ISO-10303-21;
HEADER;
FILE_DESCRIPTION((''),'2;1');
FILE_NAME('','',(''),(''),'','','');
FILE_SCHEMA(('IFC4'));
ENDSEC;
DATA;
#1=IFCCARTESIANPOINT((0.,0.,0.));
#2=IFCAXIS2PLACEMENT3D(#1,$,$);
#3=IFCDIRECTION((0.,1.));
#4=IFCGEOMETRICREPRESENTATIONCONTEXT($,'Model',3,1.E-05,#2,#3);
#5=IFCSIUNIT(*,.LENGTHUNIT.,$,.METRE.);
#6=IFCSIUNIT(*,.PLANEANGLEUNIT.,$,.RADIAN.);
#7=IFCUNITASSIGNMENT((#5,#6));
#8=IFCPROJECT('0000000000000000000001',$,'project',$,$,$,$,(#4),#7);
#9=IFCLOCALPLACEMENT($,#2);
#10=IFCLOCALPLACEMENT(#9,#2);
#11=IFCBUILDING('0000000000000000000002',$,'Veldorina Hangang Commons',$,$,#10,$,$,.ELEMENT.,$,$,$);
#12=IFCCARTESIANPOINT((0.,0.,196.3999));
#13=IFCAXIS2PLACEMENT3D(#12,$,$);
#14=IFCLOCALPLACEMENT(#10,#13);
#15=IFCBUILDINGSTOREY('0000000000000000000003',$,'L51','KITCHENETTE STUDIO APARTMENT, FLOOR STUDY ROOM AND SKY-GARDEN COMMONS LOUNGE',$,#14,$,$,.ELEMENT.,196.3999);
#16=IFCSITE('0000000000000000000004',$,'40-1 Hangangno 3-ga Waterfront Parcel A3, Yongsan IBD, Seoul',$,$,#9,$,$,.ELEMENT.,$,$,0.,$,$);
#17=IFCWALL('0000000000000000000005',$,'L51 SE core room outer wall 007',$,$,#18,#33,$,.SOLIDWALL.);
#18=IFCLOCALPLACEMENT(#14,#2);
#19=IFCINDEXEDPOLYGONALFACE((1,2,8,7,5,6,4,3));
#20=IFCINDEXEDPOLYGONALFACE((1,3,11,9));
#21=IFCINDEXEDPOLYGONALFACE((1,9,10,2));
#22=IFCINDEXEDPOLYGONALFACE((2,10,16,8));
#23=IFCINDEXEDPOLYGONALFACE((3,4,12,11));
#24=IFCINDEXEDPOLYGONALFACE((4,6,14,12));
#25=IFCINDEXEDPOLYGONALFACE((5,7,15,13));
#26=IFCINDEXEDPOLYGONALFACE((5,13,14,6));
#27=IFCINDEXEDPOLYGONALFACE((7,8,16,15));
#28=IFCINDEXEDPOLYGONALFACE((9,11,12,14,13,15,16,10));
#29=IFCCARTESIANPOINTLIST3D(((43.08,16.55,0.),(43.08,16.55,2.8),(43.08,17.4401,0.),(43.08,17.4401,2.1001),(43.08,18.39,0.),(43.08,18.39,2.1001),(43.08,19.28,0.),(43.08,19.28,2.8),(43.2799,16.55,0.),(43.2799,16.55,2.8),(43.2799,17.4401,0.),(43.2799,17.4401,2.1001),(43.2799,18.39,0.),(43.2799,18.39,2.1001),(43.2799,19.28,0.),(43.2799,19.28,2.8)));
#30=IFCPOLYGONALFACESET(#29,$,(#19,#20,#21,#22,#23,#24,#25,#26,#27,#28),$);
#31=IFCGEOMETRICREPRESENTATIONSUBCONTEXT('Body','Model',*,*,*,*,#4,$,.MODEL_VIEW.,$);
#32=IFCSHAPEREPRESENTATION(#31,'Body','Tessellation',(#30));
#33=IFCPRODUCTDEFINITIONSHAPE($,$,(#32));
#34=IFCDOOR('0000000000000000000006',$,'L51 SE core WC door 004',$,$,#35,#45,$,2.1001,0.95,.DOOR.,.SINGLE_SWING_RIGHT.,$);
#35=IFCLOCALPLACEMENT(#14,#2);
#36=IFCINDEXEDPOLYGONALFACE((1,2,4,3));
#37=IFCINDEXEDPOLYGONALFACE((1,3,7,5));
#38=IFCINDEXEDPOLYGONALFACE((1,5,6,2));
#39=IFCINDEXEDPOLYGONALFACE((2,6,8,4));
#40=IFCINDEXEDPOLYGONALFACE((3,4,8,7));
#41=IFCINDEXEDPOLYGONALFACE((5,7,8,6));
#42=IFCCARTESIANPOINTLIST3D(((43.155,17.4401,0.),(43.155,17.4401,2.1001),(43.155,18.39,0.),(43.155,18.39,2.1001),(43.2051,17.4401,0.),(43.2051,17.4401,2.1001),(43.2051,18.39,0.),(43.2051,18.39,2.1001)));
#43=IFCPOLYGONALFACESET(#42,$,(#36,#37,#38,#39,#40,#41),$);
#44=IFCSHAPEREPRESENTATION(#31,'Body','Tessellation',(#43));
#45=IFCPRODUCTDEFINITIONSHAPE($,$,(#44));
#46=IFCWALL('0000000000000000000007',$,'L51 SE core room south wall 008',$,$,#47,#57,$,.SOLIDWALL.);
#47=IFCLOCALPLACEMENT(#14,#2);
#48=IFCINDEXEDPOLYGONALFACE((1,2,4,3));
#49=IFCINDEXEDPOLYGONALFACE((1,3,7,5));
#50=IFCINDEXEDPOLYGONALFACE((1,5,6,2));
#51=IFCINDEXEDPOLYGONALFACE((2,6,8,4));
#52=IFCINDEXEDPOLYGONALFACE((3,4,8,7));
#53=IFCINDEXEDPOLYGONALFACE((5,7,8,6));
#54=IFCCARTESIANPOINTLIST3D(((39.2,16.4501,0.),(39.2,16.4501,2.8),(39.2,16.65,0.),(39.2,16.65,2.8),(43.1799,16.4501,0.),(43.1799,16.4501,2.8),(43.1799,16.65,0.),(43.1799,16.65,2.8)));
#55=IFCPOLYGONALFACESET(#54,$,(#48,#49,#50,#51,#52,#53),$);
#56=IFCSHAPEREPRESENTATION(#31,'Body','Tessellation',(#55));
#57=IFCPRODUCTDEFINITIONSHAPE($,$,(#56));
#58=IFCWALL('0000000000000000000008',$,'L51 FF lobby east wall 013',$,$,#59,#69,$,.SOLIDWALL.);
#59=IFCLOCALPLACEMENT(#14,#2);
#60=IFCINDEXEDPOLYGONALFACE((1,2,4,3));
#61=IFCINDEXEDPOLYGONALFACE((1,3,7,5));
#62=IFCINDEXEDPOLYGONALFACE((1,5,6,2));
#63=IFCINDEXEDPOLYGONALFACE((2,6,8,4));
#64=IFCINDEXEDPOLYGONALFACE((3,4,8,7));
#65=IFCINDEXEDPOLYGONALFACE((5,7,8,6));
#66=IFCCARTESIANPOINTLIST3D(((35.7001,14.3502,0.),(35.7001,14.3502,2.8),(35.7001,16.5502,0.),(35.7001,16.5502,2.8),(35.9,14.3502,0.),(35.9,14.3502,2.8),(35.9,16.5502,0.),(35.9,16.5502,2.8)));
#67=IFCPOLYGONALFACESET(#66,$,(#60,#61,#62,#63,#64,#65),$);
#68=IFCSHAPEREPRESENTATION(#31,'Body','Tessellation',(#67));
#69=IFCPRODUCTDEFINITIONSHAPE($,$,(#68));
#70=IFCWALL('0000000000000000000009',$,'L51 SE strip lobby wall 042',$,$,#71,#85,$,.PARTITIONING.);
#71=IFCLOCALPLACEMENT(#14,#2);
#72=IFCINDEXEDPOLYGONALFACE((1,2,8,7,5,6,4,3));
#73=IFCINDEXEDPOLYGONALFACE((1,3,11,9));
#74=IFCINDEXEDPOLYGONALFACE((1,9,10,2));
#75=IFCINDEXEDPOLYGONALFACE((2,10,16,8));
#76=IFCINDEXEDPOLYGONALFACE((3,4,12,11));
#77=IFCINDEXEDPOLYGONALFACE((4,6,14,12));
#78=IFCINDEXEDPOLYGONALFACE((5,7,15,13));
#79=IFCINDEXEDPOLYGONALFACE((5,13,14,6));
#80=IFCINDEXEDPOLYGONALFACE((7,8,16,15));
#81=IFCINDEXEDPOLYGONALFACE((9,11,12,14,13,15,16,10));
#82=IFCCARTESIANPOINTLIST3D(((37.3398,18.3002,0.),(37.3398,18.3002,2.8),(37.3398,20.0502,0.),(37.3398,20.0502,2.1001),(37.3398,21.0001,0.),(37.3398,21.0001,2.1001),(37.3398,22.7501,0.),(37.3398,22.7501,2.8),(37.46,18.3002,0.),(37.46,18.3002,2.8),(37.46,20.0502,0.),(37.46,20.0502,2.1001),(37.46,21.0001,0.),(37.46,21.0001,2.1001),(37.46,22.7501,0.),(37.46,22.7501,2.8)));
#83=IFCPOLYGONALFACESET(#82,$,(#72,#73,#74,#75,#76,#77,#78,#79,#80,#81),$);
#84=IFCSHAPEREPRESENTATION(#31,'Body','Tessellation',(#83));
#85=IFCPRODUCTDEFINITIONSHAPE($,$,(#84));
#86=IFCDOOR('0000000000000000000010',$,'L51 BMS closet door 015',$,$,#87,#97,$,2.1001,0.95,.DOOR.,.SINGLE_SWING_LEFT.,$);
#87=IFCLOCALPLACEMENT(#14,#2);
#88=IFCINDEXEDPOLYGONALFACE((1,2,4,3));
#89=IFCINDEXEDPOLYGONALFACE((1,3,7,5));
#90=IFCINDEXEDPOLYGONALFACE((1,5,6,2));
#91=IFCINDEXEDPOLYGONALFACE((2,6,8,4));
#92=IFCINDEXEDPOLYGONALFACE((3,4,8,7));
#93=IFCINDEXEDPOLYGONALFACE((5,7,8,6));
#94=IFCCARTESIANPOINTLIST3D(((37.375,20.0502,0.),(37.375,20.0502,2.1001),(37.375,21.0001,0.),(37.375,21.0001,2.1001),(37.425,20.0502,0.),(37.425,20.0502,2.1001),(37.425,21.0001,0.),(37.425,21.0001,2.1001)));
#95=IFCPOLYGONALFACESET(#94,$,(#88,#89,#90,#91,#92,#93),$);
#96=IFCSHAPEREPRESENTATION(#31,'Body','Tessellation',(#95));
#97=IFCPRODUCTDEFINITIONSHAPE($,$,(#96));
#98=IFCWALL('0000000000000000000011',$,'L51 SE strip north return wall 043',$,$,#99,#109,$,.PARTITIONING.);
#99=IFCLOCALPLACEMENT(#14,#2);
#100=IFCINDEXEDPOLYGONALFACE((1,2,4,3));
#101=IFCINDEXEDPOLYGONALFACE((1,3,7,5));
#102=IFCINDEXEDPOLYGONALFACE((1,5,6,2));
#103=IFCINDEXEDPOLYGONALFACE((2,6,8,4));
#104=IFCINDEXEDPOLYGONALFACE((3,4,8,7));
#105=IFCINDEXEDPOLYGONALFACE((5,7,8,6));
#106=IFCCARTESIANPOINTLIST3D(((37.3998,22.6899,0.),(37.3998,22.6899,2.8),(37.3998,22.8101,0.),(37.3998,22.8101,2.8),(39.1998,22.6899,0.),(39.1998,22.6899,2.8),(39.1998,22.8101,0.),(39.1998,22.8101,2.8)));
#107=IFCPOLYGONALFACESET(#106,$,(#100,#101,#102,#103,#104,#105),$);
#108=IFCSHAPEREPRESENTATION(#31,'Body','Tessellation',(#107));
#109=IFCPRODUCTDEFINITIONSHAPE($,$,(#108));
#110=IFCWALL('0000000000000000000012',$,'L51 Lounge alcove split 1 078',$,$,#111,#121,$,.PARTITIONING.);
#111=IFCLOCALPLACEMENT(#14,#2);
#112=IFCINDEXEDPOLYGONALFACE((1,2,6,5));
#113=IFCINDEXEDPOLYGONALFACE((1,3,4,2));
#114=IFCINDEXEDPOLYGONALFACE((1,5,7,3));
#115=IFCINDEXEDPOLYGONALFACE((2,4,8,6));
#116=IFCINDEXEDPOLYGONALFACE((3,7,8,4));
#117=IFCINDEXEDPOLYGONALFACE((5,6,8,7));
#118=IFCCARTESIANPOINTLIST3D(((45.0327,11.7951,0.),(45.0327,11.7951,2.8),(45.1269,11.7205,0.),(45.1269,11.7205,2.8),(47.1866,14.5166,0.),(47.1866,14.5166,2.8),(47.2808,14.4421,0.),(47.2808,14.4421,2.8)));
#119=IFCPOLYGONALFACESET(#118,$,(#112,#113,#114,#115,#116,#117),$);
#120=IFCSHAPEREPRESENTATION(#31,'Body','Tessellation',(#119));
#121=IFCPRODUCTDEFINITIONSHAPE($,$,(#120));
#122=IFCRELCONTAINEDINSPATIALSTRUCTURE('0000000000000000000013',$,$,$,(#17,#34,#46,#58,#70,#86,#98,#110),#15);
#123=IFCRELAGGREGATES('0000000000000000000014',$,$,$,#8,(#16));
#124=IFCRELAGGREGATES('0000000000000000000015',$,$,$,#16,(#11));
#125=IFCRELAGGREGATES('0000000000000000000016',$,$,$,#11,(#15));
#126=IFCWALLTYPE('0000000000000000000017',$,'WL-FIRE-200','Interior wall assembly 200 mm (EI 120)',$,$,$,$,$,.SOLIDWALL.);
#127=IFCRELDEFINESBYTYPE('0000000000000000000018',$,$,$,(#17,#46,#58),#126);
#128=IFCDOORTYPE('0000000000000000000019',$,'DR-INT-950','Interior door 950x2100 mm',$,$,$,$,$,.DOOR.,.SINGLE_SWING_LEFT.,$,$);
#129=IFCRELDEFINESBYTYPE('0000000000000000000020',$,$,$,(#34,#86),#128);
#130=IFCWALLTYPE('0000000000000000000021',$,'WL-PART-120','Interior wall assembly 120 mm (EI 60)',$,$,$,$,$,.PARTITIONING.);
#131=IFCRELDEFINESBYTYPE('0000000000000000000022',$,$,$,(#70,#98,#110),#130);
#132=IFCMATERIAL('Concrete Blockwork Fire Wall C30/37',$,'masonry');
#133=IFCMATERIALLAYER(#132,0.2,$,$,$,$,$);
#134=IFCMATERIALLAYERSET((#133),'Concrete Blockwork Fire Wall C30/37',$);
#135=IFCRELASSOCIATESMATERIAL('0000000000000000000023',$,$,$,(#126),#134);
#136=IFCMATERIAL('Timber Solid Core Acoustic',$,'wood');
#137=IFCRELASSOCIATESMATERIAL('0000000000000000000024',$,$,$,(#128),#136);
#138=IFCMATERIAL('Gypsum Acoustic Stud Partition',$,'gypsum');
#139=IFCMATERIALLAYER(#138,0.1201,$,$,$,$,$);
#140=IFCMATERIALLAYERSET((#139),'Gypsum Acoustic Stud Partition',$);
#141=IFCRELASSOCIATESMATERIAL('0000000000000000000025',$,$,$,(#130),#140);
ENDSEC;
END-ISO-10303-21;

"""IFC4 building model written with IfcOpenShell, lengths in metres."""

from ifc_helpers import new_model, si_unit, direction, frame, frame_2d, origin, place, context, subcontext, project, spatial, rectangle, extrude, material, layer, layer_set, type_object, element, fill, save


model = new_model("IFC4")

# Units and contexts
model_context = context("Model", 3, precision=1e-05, world=origin(), true_north=direction((0.0, 1.0)))
body_context = subcontext(model_context, "Body", "Model", "MODEL_VIEW")
ifc_project = project(units=[si_unit("LENGTHUNIT", "METRE"), si_unit("PLANEANGLEUNIT", "RADIAN")], contexts=[model_context])

# Site, building, storey
site_placement = place(None, origin())
site = spatial("IfcSite", under=ifc_project, at=site_placement, Name="40-1 Hangangno 3-ga Waterfront Parcel A3, Yongsan IBD, Seoul", CompositionType="ELEMENT", RefElevation=0.0)
building_placement = place(site_placement, origin())
building = spatial("IfcBuilding", under=site, at=building_placement, Name="Veldorina Hangang Commons", CompositionType="ELEMENT")
storey_placement = place(building_placement, frame((0.0, 0.0, 196.3999)))
storey = spatial("IfcBuildingStorey", under=building, at=storey_placement, Name="L51", Description="KITCHENETTE STUDIO APARTMENT, FLOOR STUDY ROOM AND SKY-GARDEN COMMONS LOUNGE", CompositionType="ELEMENT", Elevation=196.3999)

# Shared definitions
ifc_material_1 = material(Name="Timber Solid Core Acoustic", Category="wood")

# Wall, opening, door
ifc_material_2 = material(Name="Concrete Blockwork Fire Wall C30/37", Category="masonry")
ifc_layer_1 = layer(ifc_material_2, 0.2)
ifc_layer_set_1 = layer_set([ifc_layer_1], Name="Concrete Blockwork Fire Wall C30/37")
wall_type_1 = type_object("IfcWallType", Name="WL-FIRE-200", Description="Interior wall assembly 200 mm (EI 120)", PredefinedType="SOLIDWALL", material=ifc_layer_set_1)
wall_1_placement = place(storey_placement, frame((43.1799, 16.55, 0.0), z_axis=(0.0, 0.0, 1.0), x_axis=(0.0, 1.0, 0.0)))
wall_1 = element("IfcWall", 1, at=wall_1_placement, inside=storey, type_object=wall_type_1, Name="L51 SE core room outer wall 007", PredefinedType="SOLIDWALL", context=body_context, shape_type="SweptSolid", body=[
    extrude(rectangle(XDim=2.73, YDim=0.2, at=frame_2d((1.365, 0.0))), origin(), (0.0, 0.0, 1.0), 2.8),
])
opening_1_placement = place(wall_1_placement, frame((0.8899, 0.0, 0.0)))
opening_1 = element("IfcOpeningElement", 2, at=opening_1_placement, cuts=wall_1, PredefinedType="OPENING", context=body_context, shape_type="SweptSolid", body=[
    extrude(rectangle(XDim=0.95, YDim=2.1001, at=frame_2d((0.4751, 1.05))), frame((0.0, 0.1099, 0.0), z_axis=(0.0, -1.0, 0.0), x_axis=(1.0, 0.0, 0.0)), (0.0, 0.0, 1.0), 0.22),
])
door_type_1 = type_object("IfcDoorType", Name="DR-INT-950", Description="Interior door 950x2100 mm", OperationType="SINGLE_SWING_LEFT", PredefinedType="DOOR", material=ifc_material_1)
door_1_placement = place(opening_1_placement, origin())
door_1 = element("IfcDoor", 3, at=door_1_placement, inside=storey, type_object=door_type_1, Name="L51 SE core WC door 004", OperationType="SINGLE_SWING_RIGHT", OverallHeight=2.1001, OverallWidth=0.95, PredefinedType="DOOR", context=body_context, shape_type="SweptSolid", body=[
    extrude(rectangle(XDim=0.95, YDim=2.1001, at=frame_2d((0.4751, 1.05))), frame((0.0, 0.0249, 0.0), z_axis=(0.0, -1.0, 0.0), x_axis=(1.0, 0.0, 0.0)), (0.0, 0.0, 1.0), 0.05),
])
fill(opening_1, door_1)

# Walls
wall_2_placement = place(storey_placement, frame((39.2, 16.55, 0.0), z_axis=(0.0, 0.0, 1.0), x_axis=(1.0, 0.0, 0.0)))
element("IfcWall", 4, at=wall_2_placement, inside=storey, type_object=wall_type_1, Name="L51 SE core room south wall 008", PredefinedType="SOLIDWALL", context=body_context, shape_type="SweptSolid", body=[
    extrude(rectangle(XDim=3.98, YDim=0.2, at=frame_2d((1.99, 0.0))), origin(), (0.0, 0.0, 1.0), 2.8),
])
wall_3_placement = place(storey_placement, frame((35.8, 14.3501, 0.0), z_axis=(0.0, 0.0, 1.0), x_axis=(0.0, 1.0, 0.0)))
element("IfcWall", 5, at=wall_3_placement, inside=storey, type_object=wall_type_1, Name="L51 FF lobby east wall 013", PredefinedType="SOLIDWALL", context=body_context, shape_type="SweptSolid", body=[
    extrude(rectangle(XDim=2.2, YDim=0.2, at=frame_2d((1.1001, 0.0))), origin(), (0.0, 0.0, 1.0), 2.8),
])

# Wall, opening, door
ifc_material_3 = material(Name="Gypsum Acoustic Stud Partition", Category="gypsum")
ifc_layer_2 = layer(ifc_material_3, 0.1201)
ifc_layer_set_2 = layer_set([ifc_layer_2], Name="Gypsum Acoustic Stud Partition")
wall_type_2 = type_object("IfcWallType", Name="WL-PART-120", Description="Interior wall assembly 120 mm (EI 60)", PredefinedType="PARTITIONING", material=ifc_layer_set_2)
wall_4_placement = place(storey_placement, frame((37.3999, 18.3, 0.0), z_axis=(0.0, 0.0, 1.0), x_axis=(0.0, 1.0, 0.0)))
wall_4 = element("IfcWall", 6, at=wall_4_placement, inside=storey, type_object=wall_type_2, Name="L51 SE strip lobby wall 042", PredefinedType="PARTITIONING", context=body_context, shape_type="SweptSolid", body=[
    extrude(rectangle(XDim=4.45, YDim=0.1201, at=frame_2d((2.2251, 0.0))), origin(), (0.0, 0.0, 1.0), 2.8),
])
opening_2_placement = place(wall_4_placement, frame((1.75, 0.0, 0.0)))
opening_2 = element("IfcOpeningElement", 7, at=opening_2_placement, cuts=wall_4, PredefinedType="OPENING", context=body_context, shape_type="SweptSolid", body=[
    extrude(rectangle(XDim=0.95, YDim=2.1001, at=frame_2d((0.4751, 1.05))), frame((0.0, 0.0701, 0.0), z_axis=(0.0, -1.0, 0.0), x_axis=(1.0, 0.0, 0.0)), (0.0, 0.0, 1.0), 0.1401),
])
door_2_placement = place(opening_2_placement, origin())
door_2 = element("IfcDoor", 8, at=door_2_placement, inside=storey, type_object=door_type_1, Name="L51 BMS closet door 015", OperationType="SINGLE_SWING_LEFT", OverallHeight=2.1001, OverallWidth=0.95, PredefinedType="DOOR", context=body_context, shape_type="SweptSolid", body=[
    extrude(rectangle(XDim=0.95, YDim=2.1001, at=frame_2d((0.4751, 1.05))), frame((0.0, 0.0249, 0.0), z_axis=(0.0, -1.0, 0.0), x_axis=(1.0, 0.0, 0.0)), (0.0, 0.0, 1.0), 0.05),
])
fill(opening_2, door_2)

# Walls
wall_5_placement = place(storey_placement, frame((37.3999, 22.75, 0.0), z_axis=(0.0, 0.0, 1.0), x_axis=(1.0, 0.0, 0.0)))
element("IfcWall", 9, at=wall_5_placement, inside=storey, type_object=wall_type_2, Name="L51 SE strip north return wall 043", PredefinedType="PARTITIONING", context=body_context, shape_type="SweptSolid", body=[
    extrude(rectangle(XDim=1.8, YDim=0.1201, at=frame_2d((0.8999, 0.0))), origin(), (0.0, 0.0, 1.0), 2.8),
])
wall_6_placement = place(storey_placement, frame((45.0798, 11.7578, 0.0), z_axis=(0.0, 0.0, 1.0), x_axis=(0.620586, 0.784139, 0.0)))
element("IfcWall", 10, at=wall_6_placement, inside=storey, type_object=wall_type_2, Name="L51 Lounge alcove split 1 078", PredefinedType="PARTITIONING", context=body_context, shape_type="SweptSolid", body=[
    extrude(rectangle(XDim=3.4707, YDim=0.1201, at=frame_2d((1.7354, 0.0))), origin(), (0.0, 0.0, 1.0), 2.8),
])

save(model, "model.ifc")
